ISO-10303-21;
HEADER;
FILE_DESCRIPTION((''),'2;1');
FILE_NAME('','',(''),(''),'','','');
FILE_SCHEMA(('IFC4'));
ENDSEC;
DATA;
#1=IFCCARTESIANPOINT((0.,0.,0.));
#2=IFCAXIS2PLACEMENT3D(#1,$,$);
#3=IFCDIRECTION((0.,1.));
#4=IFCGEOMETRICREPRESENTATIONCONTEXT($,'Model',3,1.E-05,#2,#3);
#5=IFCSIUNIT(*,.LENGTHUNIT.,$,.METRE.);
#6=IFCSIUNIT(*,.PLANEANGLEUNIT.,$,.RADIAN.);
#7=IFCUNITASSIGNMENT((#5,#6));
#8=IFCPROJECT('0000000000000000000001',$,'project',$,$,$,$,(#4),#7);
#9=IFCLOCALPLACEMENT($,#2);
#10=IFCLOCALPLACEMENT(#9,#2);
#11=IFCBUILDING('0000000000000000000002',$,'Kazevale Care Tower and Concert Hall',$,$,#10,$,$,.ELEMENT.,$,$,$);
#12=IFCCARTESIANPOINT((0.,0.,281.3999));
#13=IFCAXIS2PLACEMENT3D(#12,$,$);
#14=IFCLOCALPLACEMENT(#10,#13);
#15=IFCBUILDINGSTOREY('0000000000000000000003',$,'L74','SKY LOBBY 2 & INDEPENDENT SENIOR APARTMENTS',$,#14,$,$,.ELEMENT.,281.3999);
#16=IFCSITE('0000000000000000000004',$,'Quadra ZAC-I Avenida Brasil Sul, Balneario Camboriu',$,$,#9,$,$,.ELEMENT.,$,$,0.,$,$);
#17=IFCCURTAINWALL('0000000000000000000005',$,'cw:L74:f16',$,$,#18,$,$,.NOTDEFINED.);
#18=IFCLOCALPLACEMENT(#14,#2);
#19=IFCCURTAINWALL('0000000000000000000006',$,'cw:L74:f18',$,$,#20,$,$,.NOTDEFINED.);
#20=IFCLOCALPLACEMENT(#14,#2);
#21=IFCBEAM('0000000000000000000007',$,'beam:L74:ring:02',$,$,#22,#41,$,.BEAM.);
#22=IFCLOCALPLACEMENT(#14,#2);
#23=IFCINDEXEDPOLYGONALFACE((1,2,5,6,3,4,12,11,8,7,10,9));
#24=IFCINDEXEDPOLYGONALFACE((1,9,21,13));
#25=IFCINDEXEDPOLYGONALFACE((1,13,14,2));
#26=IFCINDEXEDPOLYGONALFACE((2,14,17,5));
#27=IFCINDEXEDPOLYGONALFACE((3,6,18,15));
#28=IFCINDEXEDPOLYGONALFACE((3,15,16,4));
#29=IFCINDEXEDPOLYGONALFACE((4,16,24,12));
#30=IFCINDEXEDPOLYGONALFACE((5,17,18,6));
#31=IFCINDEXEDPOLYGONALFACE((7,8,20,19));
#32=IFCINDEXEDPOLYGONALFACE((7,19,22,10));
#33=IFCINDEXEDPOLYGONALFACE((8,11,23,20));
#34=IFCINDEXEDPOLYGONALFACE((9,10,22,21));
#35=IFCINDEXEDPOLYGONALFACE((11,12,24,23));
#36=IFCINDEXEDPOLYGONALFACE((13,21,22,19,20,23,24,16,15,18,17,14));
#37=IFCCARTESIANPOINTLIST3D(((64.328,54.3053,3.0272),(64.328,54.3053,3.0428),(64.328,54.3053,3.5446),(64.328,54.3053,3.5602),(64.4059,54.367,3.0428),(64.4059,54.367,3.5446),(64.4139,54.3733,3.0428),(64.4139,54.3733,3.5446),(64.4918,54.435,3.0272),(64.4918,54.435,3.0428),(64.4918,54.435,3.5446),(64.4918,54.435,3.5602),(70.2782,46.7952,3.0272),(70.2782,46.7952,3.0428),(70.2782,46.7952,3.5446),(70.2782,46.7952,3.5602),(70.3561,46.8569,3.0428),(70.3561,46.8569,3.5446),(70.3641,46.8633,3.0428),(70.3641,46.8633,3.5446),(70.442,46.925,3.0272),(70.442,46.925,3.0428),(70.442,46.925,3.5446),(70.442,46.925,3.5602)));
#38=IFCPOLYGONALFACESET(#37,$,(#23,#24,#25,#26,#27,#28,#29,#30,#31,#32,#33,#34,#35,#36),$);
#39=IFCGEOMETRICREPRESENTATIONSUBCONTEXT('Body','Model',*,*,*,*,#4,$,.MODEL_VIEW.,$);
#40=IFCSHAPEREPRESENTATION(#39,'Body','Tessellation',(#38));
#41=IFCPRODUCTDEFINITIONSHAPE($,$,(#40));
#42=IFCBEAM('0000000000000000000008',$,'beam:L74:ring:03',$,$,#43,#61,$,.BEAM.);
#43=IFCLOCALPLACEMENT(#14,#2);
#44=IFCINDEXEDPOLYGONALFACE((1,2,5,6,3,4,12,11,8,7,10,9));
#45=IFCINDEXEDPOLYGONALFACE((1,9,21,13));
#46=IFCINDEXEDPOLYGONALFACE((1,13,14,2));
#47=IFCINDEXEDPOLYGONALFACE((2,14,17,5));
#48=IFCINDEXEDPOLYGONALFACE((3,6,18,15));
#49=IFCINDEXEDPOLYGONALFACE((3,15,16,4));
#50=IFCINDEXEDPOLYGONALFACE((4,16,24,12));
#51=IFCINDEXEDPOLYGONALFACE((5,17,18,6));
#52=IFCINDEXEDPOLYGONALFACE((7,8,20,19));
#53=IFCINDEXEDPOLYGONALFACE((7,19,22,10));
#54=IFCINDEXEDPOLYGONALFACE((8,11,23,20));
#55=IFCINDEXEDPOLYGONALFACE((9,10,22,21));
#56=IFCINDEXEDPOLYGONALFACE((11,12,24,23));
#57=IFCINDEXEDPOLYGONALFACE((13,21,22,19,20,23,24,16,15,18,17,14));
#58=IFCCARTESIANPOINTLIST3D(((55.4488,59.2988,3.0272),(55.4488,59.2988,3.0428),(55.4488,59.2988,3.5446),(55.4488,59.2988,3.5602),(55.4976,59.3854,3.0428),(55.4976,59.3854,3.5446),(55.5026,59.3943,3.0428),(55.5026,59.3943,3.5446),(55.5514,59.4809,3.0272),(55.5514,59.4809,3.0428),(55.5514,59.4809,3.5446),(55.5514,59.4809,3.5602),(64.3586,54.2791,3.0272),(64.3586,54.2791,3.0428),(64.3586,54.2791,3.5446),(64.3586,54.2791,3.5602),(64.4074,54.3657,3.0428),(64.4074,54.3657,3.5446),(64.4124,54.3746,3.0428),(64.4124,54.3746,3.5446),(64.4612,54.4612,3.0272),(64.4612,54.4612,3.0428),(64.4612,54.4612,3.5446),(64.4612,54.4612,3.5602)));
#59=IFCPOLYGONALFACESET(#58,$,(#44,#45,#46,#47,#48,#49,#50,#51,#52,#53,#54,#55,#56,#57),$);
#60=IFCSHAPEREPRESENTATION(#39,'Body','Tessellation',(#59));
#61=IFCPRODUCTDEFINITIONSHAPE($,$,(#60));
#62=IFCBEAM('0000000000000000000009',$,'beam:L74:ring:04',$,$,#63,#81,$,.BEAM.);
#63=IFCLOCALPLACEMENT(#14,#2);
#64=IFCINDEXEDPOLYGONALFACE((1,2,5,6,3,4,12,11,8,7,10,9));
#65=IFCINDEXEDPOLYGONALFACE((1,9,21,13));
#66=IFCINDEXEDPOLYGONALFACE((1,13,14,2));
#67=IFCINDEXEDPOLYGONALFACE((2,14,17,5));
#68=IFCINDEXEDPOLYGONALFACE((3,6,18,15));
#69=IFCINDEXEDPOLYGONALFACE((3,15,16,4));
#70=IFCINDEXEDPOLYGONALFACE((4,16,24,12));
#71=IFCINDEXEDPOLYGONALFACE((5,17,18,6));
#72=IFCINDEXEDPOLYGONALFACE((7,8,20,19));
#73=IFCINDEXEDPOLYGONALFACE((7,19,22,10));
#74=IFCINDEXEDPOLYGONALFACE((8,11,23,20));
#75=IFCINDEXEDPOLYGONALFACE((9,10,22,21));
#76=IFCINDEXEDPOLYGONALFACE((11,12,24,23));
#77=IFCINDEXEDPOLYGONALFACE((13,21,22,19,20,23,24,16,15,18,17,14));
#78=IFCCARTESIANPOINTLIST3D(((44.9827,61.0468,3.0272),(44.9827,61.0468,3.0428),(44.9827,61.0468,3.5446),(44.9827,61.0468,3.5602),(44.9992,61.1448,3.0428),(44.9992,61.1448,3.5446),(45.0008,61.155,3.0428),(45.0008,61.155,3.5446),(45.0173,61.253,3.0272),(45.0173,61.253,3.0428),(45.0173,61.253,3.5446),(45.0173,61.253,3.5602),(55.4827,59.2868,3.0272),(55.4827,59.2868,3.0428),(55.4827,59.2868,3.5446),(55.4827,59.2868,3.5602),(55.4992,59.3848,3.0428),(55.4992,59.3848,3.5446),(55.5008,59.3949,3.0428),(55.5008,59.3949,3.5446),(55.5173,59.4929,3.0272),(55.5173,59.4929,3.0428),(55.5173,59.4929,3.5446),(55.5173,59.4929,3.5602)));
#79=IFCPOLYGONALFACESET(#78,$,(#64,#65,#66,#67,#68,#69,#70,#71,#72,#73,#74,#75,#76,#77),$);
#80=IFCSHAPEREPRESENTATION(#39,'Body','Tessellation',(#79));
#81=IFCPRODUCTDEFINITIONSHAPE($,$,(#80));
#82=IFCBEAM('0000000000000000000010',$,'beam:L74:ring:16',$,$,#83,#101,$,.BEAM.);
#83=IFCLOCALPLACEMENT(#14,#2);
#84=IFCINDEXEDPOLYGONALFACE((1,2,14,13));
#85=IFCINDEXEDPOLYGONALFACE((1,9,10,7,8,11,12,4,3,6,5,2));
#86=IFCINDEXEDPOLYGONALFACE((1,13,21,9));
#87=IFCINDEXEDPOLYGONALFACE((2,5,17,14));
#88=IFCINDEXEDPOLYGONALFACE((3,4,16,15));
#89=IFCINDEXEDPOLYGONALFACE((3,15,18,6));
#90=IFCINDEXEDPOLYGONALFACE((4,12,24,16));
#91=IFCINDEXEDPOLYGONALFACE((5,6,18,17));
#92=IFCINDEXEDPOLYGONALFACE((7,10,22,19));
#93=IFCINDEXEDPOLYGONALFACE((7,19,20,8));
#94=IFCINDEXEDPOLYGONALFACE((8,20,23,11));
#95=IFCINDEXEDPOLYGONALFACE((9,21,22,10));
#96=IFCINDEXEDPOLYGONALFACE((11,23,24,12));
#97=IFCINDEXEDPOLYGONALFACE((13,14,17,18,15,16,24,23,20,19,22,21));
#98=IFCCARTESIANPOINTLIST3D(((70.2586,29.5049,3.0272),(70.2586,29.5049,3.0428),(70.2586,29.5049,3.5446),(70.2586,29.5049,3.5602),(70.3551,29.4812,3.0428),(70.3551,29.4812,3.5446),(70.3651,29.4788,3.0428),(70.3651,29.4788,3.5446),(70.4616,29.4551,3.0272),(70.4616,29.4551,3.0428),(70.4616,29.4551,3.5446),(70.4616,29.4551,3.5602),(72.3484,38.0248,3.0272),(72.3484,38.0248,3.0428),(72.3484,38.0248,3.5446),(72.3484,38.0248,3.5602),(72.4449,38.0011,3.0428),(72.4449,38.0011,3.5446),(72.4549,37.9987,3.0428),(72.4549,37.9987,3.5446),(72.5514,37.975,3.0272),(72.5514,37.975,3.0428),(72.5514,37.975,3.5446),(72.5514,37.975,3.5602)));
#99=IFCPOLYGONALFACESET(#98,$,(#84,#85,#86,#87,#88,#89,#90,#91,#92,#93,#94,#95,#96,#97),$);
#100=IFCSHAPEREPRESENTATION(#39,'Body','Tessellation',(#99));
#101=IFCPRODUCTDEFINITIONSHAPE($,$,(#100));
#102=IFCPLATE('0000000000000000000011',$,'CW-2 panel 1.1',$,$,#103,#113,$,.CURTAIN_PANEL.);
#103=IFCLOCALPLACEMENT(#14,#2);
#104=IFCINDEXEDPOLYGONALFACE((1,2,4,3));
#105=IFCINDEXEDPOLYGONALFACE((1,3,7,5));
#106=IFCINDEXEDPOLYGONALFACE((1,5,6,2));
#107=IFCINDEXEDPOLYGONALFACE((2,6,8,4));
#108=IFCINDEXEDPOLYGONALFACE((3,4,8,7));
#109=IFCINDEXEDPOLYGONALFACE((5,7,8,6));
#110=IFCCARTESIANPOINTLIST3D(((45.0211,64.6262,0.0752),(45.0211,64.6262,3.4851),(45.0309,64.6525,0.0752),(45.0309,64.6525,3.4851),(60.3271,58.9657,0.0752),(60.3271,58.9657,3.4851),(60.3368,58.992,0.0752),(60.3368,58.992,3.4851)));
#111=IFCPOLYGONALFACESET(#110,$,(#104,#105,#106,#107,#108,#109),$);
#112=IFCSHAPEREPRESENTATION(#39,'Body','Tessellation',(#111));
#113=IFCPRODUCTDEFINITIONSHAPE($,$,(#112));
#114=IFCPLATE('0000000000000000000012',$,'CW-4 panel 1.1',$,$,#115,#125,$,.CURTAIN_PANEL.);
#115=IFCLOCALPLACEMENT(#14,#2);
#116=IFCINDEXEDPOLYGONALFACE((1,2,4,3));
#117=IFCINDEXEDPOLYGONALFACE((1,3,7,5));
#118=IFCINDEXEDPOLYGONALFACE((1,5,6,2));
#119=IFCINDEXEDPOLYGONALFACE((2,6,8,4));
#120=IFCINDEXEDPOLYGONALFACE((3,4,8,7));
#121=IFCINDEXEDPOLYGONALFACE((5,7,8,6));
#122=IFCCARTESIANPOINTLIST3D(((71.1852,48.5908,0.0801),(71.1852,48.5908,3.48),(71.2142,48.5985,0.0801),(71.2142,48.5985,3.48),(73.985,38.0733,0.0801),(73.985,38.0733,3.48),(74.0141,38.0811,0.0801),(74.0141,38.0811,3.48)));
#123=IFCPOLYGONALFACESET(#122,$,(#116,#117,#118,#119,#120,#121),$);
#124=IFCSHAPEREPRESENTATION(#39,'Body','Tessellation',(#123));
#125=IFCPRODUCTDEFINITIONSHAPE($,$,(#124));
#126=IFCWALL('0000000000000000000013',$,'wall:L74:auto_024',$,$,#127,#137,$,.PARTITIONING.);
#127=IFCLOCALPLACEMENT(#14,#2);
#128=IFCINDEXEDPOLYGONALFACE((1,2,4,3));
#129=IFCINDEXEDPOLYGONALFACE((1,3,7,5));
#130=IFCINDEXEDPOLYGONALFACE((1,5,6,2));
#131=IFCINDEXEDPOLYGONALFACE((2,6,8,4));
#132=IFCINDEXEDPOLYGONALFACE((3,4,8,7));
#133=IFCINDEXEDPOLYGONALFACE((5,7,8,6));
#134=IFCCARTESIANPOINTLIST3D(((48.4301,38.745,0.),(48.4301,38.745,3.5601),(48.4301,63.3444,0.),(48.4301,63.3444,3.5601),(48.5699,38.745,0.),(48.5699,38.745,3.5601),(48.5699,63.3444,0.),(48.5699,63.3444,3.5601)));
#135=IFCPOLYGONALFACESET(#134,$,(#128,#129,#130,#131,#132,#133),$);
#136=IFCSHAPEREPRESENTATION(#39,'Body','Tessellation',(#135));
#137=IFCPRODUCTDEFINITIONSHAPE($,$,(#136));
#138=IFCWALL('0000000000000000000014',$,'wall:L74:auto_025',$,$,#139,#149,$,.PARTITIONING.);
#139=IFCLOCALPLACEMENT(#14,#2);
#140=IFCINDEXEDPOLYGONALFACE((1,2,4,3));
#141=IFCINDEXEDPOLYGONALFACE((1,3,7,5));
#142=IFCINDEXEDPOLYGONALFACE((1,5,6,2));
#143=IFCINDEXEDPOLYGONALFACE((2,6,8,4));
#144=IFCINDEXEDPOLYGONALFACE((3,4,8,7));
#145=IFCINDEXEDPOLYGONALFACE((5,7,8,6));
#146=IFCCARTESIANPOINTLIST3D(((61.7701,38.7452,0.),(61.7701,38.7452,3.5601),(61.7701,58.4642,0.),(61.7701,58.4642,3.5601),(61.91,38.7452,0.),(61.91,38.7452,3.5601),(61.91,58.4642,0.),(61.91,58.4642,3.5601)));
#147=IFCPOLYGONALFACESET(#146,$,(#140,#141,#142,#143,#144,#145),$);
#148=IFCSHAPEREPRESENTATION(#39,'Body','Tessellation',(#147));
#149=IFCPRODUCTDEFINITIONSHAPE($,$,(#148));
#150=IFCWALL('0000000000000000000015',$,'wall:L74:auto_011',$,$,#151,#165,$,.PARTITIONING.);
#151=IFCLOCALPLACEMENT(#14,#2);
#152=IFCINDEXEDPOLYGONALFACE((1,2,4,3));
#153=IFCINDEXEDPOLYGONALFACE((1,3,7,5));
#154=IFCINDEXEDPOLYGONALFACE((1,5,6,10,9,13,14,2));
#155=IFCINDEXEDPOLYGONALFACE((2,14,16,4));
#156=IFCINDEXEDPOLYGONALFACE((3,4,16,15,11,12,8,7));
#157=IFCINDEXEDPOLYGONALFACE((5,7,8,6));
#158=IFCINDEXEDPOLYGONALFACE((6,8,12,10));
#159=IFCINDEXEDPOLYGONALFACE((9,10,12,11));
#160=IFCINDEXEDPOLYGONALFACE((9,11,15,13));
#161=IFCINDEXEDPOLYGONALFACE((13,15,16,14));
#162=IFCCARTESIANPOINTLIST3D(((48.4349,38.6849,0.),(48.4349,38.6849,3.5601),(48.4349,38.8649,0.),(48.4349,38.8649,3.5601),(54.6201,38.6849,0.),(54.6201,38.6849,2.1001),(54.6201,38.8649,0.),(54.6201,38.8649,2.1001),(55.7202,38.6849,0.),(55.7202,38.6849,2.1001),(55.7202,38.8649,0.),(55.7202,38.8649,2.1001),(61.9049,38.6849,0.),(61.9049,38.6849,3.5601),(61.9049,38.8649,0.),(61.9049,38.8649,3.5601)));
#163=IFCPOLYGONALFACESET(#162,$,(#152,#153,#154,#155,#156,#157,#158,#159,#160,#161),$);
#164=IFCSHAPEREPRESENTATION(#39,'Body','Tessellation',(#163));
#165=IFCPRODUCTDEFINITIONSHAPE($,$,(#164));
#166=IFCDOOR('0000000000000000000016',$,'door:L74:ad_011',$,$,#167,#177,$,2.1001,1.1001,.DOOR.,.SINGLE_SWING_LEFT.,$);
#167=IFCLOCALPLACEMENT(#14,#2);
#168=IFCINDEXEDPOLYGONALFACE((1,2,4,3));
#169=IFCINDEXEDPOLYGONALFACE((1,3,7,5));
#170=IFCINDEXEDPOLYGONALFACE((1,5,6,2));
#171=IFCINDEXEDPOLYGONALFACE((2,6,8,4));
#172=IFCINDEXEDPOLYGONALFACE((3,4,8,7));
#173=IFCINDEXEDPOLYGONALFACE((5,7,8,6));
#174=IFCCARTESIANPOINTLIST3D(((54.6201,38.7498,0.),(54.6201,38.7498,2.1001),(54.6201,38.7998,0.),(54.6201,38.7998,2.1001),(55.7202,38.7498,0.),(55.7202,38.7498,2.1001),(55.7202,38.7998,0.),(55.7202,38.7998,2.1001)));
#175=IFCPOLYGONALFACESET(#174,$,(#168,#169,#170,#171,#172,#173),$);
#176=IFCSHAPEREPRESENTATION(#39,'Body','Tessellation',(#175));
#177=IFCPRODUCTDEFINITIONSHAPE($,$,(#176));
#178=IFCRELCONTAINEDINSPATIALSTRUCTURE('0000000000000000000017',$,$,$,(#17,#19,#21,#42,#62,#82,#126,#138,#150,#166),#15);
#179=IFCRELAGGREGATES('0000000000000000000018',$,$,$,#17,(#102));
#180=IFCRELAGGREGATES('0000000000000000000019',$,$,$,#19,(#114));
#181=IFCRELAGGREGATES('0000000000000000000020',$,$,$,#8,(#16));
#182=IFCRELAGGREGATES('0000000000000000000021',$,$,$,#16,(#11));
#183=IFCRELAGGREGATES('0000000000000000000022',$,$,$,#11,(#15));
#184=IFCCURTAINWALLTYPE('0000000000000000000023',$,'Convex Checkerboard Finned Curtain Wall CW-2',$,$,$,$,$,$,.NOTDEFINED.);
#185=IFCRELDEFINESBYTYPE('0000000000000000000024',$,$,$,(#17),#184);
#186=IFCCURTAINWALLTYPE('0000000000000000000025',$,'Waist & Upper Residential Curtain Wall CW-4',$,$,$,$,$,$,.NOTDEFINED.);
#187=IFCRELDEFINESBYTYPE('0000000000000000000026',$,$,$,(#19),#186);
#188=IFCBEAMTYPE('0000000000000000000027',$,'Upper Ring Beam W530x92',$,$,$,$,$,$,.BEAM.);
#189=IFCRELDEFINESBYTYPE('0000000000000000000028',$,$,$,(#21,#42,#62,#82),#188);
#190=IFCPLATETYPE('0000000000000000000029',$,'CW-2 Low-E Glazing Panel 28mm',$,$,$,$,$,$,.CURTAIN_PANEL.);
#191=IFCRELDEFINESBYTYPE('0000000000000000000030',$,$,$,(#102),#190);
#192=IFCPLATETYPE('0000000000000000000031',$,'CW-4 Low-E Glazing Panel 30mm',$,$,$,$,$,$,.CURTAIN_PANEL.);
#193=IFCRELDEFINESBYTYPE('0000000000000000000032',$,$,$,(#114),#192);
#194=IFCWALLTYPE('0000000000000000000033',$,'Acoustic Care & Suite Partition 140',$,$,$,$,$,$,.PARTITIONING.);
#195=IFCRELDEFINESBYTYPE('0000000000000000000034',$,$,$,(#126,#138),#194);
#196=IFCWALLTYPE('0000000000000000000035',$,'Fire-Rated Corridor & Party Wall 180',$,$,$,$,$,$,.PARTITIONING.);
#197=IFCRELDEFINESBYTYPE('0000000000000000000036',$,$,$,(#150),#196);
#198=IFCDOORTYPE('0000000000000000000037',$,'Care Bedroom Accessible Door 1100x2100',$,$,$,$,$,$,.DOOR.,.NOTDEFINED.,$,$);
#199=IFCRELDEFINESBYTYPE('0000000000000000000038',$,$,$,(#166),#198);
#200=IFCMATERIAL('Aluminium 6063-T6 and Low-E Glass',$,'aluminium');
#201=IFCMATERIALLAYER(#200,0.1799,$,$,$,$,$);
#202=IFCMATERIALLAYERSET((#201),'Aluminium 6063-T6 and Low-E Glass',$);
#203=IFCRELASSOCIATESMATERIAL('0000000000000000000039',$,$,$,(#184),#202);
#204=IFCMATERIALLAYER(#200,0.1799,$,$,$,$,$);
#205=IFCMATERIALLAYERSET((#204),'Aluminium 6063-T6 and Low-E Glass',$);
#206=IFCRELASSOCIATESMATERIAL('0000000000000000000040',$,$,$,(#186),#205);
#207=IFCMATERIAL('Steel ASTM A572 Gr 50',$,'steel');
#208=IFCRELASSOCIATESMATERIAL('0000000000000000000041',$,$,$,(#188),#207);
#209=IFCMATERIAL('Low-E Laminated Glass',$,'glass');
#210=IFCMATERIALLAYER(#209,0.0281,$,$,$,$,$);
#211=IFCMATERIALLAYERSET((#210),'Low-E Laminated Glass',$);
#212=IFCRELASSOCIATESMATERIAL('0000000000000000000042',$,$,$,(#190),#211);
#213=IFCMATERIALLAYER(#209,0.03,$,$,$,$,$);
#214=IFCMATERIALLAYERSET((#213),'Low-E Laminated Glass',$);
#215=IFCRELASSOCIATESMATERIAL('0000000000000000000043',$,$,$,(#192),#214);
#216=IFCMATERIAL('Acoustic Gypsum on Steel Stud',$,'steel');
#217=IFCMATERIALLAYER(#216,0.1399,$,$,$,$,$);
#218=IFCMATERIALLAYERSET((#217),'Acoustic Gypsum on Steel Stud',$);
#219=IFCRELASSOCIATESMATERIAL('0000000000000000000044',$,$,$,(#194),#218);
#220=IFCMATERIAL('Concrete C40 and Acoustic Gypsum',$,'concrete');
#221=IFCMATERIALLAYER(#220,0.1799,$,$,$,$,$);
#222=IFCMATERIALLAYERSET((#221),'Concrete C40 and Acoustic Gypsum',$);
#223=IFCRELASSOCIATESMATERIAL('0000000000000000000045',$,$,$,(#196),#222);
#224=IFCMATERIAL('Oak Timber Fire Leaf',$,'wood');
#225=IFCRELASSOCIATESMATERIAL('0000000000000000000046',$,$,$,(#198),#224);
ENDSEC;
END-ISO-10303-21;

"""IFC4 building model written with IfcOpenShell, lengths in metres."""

from ifc_helpers import new_model, si_unit, direction, frame, frame_2d, origin, origin_2d, place, context, subcontext, project, spatial, rectangle, i_section, extrude, material, layer, layer_set, material_profile, profile_set, type_object, element, fill, aggregate, save


model = new_model("IFC4")

# Units and contexts
model_context = context("Model", 3, precision=1e-05, world=origin(), true_north=direction((0.0, 1.0)))
body_context = subcontext(model_context, "Body", "Model", "MODEL_VIEW")
ifc_project = project(units=[si_unit("LENGTHUNIT", "METRE"), si_unit("PLANEANGLEUNIT", "RADIAN")], contexts=[model_context])

# Site, building, storey
site_placement = place(None, origin())
site = spatial("IfcSite", under=ifc_project, at=site_placement, Name="Quadra ZAC-I Avenida Brasil Sul, Balneario Camboriu", CompositionType="ELEMENT", RefElevation=0.0)
building_placement = place(site_placement, origin())
building = spatial("IfcBuilding", under=site, at=building_placement, Name="Kazevale Care Tower and Concert Hall", CompositionType="ELEMENT")
storey_placement = place(building_placement, frame((0.0, 0.0, 281.3999)))
storey = spatial("IfcBuildingStorey", under=building, at=storey_placement, Name="L74", Description="SKY LOBBY 2 & INDEPENDENT SENIOR APARTMENTS", CompositionType="ELEMENT", Elevation=281.3999)

# Curtain wall
ifc_material_1 = material(Name="Aluminium 6063-T6 and Low-E Glass", Category="aluminium")
ifc_layer_1 = layer(ifc_material_1, 0.1799)
ifc_layer_set_1 = layer_set([ifc_layer_1], Name="Aluminium 6063-T6 and Low-E Glass")
curtain_wall_type_1 = type_object("IfcCurtainWallType", Name="Convex Checkerboard Finned Curtain Wall CW-2", PredefinedType="NOTDEFINED", material=ifc_layer_set_1)
curtain_wall_1_placement = place(storey_placement, origin())
curtain_wall_1 = element("IfcCurtainWall", 1, at=curtain_wall_1_placement, inside=storey, type_object=curtain_wall_type_1, Name="cw:L74:f16", PredefinedType="NOTDEFINED")

# Curtain wall
ifc_layer_2 = layer(ifc_material_1, 0.1799)
ifc_layer_set_2 = layer_set([ifc_layer_2], Name="Aluminium 6063-T6 and Low-E Glass")
curtain_wall_type_2 = type_object("IfcCurtainWallType", Name="Waist & Upper Residential Curtain Wall CW-4", PredefinedType="NOTDEFINED", material=ifc_layer_set_2)
curtain_wall_2_placement = place(storey_placement, origin())
curtain_wall_2 = element("IfcCurtainWall", 2, at=curtain_wall_2_placement, inside=storey, type_object=curtain_wall_type_2, Name="cw:L74:f18", PredefinedType="NOTDEFINED")

# Beams
ifc_material_2 = material(Name="Steel ASTM A572 Gr 50", Category="steel")
ifc_material_profile_1 = material_profile(ifc_material_2, i_section(OverallWidth=0.209, OverallDepth=0.533, WebThickness=0.0103, FlangeThickness=0.0156, at=origin_2d()), Name="W530x92")
ifc_profile_set_1 = profile_set([ifc_material_profile_1], Name="Steel ASTM A572 Gr 50")
beam_type_1 = type_object("IfcBeamType", Name="Upper Ring Beam W530x92", PredefinedType="BEAM", material=ifc_profile_set_1)
beam_1_placement = place(storey_placement, frame((70.3601, 46.8601, 3.2937), z_axis=(-0.621009, 0.783803, 0.0), x_axis=(-0.783803, -0.621009, 0.0)))
element("IfcBeam", 3, at=beam_1_placement, inside=storey, type_object=beam_type_1, Name="beam:L74:ring:02", PredefinedType="BEAM", context=body_context, shape_type="SweptSolid", body=[
    extrude(i_section(OverallWidth=0.209, OverallDepth=0.533, WebThickness=0.0103, FlangeThickness=0.0156, at=origin_2d()), origin(), (0.0, 0.0, 1.0), 9.5815),
])
beam_2_placement = place(storey_placement, frame((64.4099, 54.3701, 3.2937), z_axis=(-0.871243, 0.490852, 0.0), x_axis=(-0.490852, -0.871243, 0.0)))
element("IfcBeam", 4, at=beam_2_placement, inside=storey, type_object=beam_type_1, Name="beam:L74:ring:03", PredefinedType="BEAM", context=body_context, shape_type="SweptSolid", body=[
    extrude(i_section(OverallWidth=0.209, OverallDepth=0.533, WebThickness=0.0103, FlangeThickness=0.0156, at=origin_2d()), origin(), (0.0, 0.0, 1.0), 10.2266),
])
beam_3_placement = place(storey_placement, frame((55.5, 59.3899, 3.2937), z_axis=(-0.986241, 0.165314, 0.0), x_axis=(-0.165314, -0.986241, 0.0)))
element("IfcBeam", 5, at=beam_3_placement, inside=storey, type_object=beam_type_1, Name="beam:L74:ring:04", PredefinedType="BEAM", context=body_context, shape_type="SweptSolid", body=[
    extrude(i_section(OverallWidth=0.209, OverallDepth=0.533, WebThickness=0.0103, FlangeThickness=0.0156, at=origin_2d()), origin(), (0.0, 0.0, 1.0), 10.6465),
])
beam_4_placement = place(storey_placement, frame((70.3601, 29.48, 3.2937), z_axis=(0.238224, 0.97121, 0.0), x_axis=(-0.97121, 0.238224, 0.0)))
element("IfcBeam", 6, at=beam_4_placement, inside=storey, type_object=beam_type_1, Name="beam:L74:ring:16", PredefinedType="BEAM", context=body_context, shape_type="SweptSolid", body=[
    extrude(i_section(OverallWidth=0.209, OverallDepth=0.533, WebThickness=0.0103, FlangeThickness=0.0156, at=origin_2d()), origin(), (0.0, 0.0, 1.0), 8.7725),
])

# Plates
ifc_material_3 = material(Name="Low-E Laminated Glass", Category="glass")
ifc_layer_3 = layer(ifc_material_3, 0.0281)
ifc_layer_set_3 = layer_set([ifc_layer_3], Name="Low-E Laminated Glass")
plate_type_1 = type_object("IfcPlateType", Name="CW-2 Low-E Glazing Panel 28mm", PredefinedType="CURTAIN_PANEL", material=ifc_layer_set_3)
plate_1_placement = place(storey_placement, frame((52.679, 61.8091, 0.0752), z_axis=(0.0, 0.0, 1.0), x_axis=(0.937916, -0.346864, 0.0)))
plate_1 = element("IfcPlate", 7, at=plate_1_placement, type_object=plate_type_1, Name="CW-2 panel 1.1", PredefinedType="CURTAIN_PANEL", context=body_context, shape_type="SweptSolid", body=[
    extrude(rectangle(XDim=16.3191, YDim=0.0281, at=origin_2d()), origin(), (0.0, 0.0, 1.0), 3.4099),
])
aggregate(curtain_wall_1, [plate_1])
ifc_layer_4 = layer(ifc_material_3, 0.03)
ifc_layer_set_4 = layer_set([ifc_layer_4], Name="Low-E Laminated Glass")
plate_type_2 = type_object("IfcPlateType", Name="CW-4 Low-E Glazing Panel 30mm", PredefinedType="CURTAIN_PANEL", material=ifc_layer_set_4)
plate_2_placement = place(storey_placement, frame((72.5996, 43.3359, 0.0801), z_axis=(0.0, 0.0, 1.0), x_axis=(0.257251, -0.966345, 0.0)))
plate_2 = element("IfcPlate", 8, at=plate_2_placement, type_object=plate_type_2, Name="CW-4 panel 1.1", PredefinedType="CURTAIN_PANEL", context=body_context, shape_type="SweptSolid", body=[
    extrude(rectangle(XDim=10.8838, YDim=0.03, at=origin_2d()), origin(), (0.0, 0.0, 1.0), 3.3999),
])
aggregate(curtain_wall_2, [plate_2])

# Walls
ifc_material_4 = material(Name="Acoustic Gypsum on Steel Stud", Category="steel")
ifc_layer_5 = layer(ifc_material_4, 0.1399)
ifc_layer_set_5 = layer_set([ifc_layer_5], Name="Acoustic Gypsum on Steel Stud")
wall_type_1 = type_object("IfcWallType", Name="Acoustic Care & Suite Partition 140", PredefinedType="PARTITIONING", material=ifc_layer_set_5)
wall_1_placement = place(storey_placement, frame((48.5, 63.3445, 0.0), z_axis=(0.0, 0.0, 1.0), x_axis=(0.0, -1.0, 0.0)))
element("IfcWall", 9, at=wall_1_placement, inside=storey, type_object=wall_type_1, Name="wall:L74:auto_024", PredefinedType="PARTITIONING", context=body_context, shape_type="SweptSolid", body=[
    extrude(rectangle(XDim=24.5994, YDim=0.1399, at=frame_2d((12.2998, 0.0))), origin(), (0.0, 0.0, 1.0), 3.5601),
])
wall_2_placement = place(storey_placement, frame((61.8401, 58.4641, 0.0), z_axis=(0.0, 0.0, 1.0), x_axis=(0.0, -1.0, 0.0)))
element("IfcWall", 10, at=wall_2_placement, inside=storey, type_object=wall_type_1, Name="wall:L74:auto_025", PredefinedType="PARTITIONING", context=body_context, shape_type="SweptSolid", body=[
    extrude(rectangle(XDim=19.719, YDim=0.1399, at=frame_2d((9.8594, 0.0))), origin(), (0.0, 0.0, 1.0), 3.5601),
])

# Wall, opening, door
ifc_material_5 = material(Name="Concrete C40 and Acoustic Gypsum", Category="concrete")
ifc_layer_6 = layer(ifc_material_5, 0.1799)
ifc_layer_set_6 = layer_set([ifc_layer_6], Name="Concrete C40 and Acoustic Gypsum")
wall_type_2 = type_object("IfcWallType", Name="Fire-Rated Corridor & Party Wall 180", PredefinedType="PARTITIONING", material=ifc_layer_set_6)
wall_3_placement = place(storey_placement, frame((48.4351, 38.7749, 0.0), z_axis=(0.0, 0.0, 1.0), x_axis=(1.0, 0.0, 0.0)))
wall_3 = element("IfcWall", 11, at=wall_3_placement, inside=storey, type_object=wall_type_2, Name="wall:L74:auto_011", PredefinedType="PARTITIONING", context=body_context, shape_type="SweptSolid", body=[
    extrude(rectangle(XDim=13.47, YDim=0.1799, at=frame_2d((6.7349, 0.0))), origin(), (0.0, 0.0, 1.0), 3.5601),
])
opening_1_placement = place(wall_3_placement, frame((6.1851, 0.0, 0.0)))
opening_1 = element("IfcOpeningElement", 12, at=opening_1_placement, cuts=wall_3, PredefinedType="OPENING", context=body_context, shape_type="SweptSolid", body=[
    extrude(rectangle(XDim=1.1001, YDim=2.1001, at=frame_2d((0.55, 1.05))), frame((0.0, 0.0999, 0.0), z_axis=(0.0, -1.0, 0.0), x_axis=(1.0, 0.0, 0.0)), (0.0, 0.0, 1.0), 0.2),
])
ifc_material_6 = material(Name="Oak Timber Fire Leaf", Category="wood")
door_type = type_object("IfcDoorType", Name="Care Bedroom Accessible Door 1100x2100", OperationType="NOTDEFINED", PredefinedType="DOOR", material=ifc_material_6)
door_1_placement = place(opening_1_placement, origin())
door_1 = element("IfcDoor", 13, at=door_1_placement, inside=storey, type_object=door_type, Name="door:L74:ad_011", OperationType="SINGLE_SWING_LEFT", OverallHeight=2.1001, OverallWidth=1.1001, PredefinedType="DOOR", context=body_context, shape_type="SweptSolid", body=[
    extrude(rectangle(XDim=1.1001, YDim=2.1001, at=frame_2d((0.55, 1.05))), frame((0.0, 0.0249, 0.0), z_axis=(0.0, -1.0, 0.0), x_axis=(1.0, 0.0, 0.0)), (0.0, 0.0, 1.0), 0.05),
])
fill(opening_1, door_1)

save(model, "model.ifc")
